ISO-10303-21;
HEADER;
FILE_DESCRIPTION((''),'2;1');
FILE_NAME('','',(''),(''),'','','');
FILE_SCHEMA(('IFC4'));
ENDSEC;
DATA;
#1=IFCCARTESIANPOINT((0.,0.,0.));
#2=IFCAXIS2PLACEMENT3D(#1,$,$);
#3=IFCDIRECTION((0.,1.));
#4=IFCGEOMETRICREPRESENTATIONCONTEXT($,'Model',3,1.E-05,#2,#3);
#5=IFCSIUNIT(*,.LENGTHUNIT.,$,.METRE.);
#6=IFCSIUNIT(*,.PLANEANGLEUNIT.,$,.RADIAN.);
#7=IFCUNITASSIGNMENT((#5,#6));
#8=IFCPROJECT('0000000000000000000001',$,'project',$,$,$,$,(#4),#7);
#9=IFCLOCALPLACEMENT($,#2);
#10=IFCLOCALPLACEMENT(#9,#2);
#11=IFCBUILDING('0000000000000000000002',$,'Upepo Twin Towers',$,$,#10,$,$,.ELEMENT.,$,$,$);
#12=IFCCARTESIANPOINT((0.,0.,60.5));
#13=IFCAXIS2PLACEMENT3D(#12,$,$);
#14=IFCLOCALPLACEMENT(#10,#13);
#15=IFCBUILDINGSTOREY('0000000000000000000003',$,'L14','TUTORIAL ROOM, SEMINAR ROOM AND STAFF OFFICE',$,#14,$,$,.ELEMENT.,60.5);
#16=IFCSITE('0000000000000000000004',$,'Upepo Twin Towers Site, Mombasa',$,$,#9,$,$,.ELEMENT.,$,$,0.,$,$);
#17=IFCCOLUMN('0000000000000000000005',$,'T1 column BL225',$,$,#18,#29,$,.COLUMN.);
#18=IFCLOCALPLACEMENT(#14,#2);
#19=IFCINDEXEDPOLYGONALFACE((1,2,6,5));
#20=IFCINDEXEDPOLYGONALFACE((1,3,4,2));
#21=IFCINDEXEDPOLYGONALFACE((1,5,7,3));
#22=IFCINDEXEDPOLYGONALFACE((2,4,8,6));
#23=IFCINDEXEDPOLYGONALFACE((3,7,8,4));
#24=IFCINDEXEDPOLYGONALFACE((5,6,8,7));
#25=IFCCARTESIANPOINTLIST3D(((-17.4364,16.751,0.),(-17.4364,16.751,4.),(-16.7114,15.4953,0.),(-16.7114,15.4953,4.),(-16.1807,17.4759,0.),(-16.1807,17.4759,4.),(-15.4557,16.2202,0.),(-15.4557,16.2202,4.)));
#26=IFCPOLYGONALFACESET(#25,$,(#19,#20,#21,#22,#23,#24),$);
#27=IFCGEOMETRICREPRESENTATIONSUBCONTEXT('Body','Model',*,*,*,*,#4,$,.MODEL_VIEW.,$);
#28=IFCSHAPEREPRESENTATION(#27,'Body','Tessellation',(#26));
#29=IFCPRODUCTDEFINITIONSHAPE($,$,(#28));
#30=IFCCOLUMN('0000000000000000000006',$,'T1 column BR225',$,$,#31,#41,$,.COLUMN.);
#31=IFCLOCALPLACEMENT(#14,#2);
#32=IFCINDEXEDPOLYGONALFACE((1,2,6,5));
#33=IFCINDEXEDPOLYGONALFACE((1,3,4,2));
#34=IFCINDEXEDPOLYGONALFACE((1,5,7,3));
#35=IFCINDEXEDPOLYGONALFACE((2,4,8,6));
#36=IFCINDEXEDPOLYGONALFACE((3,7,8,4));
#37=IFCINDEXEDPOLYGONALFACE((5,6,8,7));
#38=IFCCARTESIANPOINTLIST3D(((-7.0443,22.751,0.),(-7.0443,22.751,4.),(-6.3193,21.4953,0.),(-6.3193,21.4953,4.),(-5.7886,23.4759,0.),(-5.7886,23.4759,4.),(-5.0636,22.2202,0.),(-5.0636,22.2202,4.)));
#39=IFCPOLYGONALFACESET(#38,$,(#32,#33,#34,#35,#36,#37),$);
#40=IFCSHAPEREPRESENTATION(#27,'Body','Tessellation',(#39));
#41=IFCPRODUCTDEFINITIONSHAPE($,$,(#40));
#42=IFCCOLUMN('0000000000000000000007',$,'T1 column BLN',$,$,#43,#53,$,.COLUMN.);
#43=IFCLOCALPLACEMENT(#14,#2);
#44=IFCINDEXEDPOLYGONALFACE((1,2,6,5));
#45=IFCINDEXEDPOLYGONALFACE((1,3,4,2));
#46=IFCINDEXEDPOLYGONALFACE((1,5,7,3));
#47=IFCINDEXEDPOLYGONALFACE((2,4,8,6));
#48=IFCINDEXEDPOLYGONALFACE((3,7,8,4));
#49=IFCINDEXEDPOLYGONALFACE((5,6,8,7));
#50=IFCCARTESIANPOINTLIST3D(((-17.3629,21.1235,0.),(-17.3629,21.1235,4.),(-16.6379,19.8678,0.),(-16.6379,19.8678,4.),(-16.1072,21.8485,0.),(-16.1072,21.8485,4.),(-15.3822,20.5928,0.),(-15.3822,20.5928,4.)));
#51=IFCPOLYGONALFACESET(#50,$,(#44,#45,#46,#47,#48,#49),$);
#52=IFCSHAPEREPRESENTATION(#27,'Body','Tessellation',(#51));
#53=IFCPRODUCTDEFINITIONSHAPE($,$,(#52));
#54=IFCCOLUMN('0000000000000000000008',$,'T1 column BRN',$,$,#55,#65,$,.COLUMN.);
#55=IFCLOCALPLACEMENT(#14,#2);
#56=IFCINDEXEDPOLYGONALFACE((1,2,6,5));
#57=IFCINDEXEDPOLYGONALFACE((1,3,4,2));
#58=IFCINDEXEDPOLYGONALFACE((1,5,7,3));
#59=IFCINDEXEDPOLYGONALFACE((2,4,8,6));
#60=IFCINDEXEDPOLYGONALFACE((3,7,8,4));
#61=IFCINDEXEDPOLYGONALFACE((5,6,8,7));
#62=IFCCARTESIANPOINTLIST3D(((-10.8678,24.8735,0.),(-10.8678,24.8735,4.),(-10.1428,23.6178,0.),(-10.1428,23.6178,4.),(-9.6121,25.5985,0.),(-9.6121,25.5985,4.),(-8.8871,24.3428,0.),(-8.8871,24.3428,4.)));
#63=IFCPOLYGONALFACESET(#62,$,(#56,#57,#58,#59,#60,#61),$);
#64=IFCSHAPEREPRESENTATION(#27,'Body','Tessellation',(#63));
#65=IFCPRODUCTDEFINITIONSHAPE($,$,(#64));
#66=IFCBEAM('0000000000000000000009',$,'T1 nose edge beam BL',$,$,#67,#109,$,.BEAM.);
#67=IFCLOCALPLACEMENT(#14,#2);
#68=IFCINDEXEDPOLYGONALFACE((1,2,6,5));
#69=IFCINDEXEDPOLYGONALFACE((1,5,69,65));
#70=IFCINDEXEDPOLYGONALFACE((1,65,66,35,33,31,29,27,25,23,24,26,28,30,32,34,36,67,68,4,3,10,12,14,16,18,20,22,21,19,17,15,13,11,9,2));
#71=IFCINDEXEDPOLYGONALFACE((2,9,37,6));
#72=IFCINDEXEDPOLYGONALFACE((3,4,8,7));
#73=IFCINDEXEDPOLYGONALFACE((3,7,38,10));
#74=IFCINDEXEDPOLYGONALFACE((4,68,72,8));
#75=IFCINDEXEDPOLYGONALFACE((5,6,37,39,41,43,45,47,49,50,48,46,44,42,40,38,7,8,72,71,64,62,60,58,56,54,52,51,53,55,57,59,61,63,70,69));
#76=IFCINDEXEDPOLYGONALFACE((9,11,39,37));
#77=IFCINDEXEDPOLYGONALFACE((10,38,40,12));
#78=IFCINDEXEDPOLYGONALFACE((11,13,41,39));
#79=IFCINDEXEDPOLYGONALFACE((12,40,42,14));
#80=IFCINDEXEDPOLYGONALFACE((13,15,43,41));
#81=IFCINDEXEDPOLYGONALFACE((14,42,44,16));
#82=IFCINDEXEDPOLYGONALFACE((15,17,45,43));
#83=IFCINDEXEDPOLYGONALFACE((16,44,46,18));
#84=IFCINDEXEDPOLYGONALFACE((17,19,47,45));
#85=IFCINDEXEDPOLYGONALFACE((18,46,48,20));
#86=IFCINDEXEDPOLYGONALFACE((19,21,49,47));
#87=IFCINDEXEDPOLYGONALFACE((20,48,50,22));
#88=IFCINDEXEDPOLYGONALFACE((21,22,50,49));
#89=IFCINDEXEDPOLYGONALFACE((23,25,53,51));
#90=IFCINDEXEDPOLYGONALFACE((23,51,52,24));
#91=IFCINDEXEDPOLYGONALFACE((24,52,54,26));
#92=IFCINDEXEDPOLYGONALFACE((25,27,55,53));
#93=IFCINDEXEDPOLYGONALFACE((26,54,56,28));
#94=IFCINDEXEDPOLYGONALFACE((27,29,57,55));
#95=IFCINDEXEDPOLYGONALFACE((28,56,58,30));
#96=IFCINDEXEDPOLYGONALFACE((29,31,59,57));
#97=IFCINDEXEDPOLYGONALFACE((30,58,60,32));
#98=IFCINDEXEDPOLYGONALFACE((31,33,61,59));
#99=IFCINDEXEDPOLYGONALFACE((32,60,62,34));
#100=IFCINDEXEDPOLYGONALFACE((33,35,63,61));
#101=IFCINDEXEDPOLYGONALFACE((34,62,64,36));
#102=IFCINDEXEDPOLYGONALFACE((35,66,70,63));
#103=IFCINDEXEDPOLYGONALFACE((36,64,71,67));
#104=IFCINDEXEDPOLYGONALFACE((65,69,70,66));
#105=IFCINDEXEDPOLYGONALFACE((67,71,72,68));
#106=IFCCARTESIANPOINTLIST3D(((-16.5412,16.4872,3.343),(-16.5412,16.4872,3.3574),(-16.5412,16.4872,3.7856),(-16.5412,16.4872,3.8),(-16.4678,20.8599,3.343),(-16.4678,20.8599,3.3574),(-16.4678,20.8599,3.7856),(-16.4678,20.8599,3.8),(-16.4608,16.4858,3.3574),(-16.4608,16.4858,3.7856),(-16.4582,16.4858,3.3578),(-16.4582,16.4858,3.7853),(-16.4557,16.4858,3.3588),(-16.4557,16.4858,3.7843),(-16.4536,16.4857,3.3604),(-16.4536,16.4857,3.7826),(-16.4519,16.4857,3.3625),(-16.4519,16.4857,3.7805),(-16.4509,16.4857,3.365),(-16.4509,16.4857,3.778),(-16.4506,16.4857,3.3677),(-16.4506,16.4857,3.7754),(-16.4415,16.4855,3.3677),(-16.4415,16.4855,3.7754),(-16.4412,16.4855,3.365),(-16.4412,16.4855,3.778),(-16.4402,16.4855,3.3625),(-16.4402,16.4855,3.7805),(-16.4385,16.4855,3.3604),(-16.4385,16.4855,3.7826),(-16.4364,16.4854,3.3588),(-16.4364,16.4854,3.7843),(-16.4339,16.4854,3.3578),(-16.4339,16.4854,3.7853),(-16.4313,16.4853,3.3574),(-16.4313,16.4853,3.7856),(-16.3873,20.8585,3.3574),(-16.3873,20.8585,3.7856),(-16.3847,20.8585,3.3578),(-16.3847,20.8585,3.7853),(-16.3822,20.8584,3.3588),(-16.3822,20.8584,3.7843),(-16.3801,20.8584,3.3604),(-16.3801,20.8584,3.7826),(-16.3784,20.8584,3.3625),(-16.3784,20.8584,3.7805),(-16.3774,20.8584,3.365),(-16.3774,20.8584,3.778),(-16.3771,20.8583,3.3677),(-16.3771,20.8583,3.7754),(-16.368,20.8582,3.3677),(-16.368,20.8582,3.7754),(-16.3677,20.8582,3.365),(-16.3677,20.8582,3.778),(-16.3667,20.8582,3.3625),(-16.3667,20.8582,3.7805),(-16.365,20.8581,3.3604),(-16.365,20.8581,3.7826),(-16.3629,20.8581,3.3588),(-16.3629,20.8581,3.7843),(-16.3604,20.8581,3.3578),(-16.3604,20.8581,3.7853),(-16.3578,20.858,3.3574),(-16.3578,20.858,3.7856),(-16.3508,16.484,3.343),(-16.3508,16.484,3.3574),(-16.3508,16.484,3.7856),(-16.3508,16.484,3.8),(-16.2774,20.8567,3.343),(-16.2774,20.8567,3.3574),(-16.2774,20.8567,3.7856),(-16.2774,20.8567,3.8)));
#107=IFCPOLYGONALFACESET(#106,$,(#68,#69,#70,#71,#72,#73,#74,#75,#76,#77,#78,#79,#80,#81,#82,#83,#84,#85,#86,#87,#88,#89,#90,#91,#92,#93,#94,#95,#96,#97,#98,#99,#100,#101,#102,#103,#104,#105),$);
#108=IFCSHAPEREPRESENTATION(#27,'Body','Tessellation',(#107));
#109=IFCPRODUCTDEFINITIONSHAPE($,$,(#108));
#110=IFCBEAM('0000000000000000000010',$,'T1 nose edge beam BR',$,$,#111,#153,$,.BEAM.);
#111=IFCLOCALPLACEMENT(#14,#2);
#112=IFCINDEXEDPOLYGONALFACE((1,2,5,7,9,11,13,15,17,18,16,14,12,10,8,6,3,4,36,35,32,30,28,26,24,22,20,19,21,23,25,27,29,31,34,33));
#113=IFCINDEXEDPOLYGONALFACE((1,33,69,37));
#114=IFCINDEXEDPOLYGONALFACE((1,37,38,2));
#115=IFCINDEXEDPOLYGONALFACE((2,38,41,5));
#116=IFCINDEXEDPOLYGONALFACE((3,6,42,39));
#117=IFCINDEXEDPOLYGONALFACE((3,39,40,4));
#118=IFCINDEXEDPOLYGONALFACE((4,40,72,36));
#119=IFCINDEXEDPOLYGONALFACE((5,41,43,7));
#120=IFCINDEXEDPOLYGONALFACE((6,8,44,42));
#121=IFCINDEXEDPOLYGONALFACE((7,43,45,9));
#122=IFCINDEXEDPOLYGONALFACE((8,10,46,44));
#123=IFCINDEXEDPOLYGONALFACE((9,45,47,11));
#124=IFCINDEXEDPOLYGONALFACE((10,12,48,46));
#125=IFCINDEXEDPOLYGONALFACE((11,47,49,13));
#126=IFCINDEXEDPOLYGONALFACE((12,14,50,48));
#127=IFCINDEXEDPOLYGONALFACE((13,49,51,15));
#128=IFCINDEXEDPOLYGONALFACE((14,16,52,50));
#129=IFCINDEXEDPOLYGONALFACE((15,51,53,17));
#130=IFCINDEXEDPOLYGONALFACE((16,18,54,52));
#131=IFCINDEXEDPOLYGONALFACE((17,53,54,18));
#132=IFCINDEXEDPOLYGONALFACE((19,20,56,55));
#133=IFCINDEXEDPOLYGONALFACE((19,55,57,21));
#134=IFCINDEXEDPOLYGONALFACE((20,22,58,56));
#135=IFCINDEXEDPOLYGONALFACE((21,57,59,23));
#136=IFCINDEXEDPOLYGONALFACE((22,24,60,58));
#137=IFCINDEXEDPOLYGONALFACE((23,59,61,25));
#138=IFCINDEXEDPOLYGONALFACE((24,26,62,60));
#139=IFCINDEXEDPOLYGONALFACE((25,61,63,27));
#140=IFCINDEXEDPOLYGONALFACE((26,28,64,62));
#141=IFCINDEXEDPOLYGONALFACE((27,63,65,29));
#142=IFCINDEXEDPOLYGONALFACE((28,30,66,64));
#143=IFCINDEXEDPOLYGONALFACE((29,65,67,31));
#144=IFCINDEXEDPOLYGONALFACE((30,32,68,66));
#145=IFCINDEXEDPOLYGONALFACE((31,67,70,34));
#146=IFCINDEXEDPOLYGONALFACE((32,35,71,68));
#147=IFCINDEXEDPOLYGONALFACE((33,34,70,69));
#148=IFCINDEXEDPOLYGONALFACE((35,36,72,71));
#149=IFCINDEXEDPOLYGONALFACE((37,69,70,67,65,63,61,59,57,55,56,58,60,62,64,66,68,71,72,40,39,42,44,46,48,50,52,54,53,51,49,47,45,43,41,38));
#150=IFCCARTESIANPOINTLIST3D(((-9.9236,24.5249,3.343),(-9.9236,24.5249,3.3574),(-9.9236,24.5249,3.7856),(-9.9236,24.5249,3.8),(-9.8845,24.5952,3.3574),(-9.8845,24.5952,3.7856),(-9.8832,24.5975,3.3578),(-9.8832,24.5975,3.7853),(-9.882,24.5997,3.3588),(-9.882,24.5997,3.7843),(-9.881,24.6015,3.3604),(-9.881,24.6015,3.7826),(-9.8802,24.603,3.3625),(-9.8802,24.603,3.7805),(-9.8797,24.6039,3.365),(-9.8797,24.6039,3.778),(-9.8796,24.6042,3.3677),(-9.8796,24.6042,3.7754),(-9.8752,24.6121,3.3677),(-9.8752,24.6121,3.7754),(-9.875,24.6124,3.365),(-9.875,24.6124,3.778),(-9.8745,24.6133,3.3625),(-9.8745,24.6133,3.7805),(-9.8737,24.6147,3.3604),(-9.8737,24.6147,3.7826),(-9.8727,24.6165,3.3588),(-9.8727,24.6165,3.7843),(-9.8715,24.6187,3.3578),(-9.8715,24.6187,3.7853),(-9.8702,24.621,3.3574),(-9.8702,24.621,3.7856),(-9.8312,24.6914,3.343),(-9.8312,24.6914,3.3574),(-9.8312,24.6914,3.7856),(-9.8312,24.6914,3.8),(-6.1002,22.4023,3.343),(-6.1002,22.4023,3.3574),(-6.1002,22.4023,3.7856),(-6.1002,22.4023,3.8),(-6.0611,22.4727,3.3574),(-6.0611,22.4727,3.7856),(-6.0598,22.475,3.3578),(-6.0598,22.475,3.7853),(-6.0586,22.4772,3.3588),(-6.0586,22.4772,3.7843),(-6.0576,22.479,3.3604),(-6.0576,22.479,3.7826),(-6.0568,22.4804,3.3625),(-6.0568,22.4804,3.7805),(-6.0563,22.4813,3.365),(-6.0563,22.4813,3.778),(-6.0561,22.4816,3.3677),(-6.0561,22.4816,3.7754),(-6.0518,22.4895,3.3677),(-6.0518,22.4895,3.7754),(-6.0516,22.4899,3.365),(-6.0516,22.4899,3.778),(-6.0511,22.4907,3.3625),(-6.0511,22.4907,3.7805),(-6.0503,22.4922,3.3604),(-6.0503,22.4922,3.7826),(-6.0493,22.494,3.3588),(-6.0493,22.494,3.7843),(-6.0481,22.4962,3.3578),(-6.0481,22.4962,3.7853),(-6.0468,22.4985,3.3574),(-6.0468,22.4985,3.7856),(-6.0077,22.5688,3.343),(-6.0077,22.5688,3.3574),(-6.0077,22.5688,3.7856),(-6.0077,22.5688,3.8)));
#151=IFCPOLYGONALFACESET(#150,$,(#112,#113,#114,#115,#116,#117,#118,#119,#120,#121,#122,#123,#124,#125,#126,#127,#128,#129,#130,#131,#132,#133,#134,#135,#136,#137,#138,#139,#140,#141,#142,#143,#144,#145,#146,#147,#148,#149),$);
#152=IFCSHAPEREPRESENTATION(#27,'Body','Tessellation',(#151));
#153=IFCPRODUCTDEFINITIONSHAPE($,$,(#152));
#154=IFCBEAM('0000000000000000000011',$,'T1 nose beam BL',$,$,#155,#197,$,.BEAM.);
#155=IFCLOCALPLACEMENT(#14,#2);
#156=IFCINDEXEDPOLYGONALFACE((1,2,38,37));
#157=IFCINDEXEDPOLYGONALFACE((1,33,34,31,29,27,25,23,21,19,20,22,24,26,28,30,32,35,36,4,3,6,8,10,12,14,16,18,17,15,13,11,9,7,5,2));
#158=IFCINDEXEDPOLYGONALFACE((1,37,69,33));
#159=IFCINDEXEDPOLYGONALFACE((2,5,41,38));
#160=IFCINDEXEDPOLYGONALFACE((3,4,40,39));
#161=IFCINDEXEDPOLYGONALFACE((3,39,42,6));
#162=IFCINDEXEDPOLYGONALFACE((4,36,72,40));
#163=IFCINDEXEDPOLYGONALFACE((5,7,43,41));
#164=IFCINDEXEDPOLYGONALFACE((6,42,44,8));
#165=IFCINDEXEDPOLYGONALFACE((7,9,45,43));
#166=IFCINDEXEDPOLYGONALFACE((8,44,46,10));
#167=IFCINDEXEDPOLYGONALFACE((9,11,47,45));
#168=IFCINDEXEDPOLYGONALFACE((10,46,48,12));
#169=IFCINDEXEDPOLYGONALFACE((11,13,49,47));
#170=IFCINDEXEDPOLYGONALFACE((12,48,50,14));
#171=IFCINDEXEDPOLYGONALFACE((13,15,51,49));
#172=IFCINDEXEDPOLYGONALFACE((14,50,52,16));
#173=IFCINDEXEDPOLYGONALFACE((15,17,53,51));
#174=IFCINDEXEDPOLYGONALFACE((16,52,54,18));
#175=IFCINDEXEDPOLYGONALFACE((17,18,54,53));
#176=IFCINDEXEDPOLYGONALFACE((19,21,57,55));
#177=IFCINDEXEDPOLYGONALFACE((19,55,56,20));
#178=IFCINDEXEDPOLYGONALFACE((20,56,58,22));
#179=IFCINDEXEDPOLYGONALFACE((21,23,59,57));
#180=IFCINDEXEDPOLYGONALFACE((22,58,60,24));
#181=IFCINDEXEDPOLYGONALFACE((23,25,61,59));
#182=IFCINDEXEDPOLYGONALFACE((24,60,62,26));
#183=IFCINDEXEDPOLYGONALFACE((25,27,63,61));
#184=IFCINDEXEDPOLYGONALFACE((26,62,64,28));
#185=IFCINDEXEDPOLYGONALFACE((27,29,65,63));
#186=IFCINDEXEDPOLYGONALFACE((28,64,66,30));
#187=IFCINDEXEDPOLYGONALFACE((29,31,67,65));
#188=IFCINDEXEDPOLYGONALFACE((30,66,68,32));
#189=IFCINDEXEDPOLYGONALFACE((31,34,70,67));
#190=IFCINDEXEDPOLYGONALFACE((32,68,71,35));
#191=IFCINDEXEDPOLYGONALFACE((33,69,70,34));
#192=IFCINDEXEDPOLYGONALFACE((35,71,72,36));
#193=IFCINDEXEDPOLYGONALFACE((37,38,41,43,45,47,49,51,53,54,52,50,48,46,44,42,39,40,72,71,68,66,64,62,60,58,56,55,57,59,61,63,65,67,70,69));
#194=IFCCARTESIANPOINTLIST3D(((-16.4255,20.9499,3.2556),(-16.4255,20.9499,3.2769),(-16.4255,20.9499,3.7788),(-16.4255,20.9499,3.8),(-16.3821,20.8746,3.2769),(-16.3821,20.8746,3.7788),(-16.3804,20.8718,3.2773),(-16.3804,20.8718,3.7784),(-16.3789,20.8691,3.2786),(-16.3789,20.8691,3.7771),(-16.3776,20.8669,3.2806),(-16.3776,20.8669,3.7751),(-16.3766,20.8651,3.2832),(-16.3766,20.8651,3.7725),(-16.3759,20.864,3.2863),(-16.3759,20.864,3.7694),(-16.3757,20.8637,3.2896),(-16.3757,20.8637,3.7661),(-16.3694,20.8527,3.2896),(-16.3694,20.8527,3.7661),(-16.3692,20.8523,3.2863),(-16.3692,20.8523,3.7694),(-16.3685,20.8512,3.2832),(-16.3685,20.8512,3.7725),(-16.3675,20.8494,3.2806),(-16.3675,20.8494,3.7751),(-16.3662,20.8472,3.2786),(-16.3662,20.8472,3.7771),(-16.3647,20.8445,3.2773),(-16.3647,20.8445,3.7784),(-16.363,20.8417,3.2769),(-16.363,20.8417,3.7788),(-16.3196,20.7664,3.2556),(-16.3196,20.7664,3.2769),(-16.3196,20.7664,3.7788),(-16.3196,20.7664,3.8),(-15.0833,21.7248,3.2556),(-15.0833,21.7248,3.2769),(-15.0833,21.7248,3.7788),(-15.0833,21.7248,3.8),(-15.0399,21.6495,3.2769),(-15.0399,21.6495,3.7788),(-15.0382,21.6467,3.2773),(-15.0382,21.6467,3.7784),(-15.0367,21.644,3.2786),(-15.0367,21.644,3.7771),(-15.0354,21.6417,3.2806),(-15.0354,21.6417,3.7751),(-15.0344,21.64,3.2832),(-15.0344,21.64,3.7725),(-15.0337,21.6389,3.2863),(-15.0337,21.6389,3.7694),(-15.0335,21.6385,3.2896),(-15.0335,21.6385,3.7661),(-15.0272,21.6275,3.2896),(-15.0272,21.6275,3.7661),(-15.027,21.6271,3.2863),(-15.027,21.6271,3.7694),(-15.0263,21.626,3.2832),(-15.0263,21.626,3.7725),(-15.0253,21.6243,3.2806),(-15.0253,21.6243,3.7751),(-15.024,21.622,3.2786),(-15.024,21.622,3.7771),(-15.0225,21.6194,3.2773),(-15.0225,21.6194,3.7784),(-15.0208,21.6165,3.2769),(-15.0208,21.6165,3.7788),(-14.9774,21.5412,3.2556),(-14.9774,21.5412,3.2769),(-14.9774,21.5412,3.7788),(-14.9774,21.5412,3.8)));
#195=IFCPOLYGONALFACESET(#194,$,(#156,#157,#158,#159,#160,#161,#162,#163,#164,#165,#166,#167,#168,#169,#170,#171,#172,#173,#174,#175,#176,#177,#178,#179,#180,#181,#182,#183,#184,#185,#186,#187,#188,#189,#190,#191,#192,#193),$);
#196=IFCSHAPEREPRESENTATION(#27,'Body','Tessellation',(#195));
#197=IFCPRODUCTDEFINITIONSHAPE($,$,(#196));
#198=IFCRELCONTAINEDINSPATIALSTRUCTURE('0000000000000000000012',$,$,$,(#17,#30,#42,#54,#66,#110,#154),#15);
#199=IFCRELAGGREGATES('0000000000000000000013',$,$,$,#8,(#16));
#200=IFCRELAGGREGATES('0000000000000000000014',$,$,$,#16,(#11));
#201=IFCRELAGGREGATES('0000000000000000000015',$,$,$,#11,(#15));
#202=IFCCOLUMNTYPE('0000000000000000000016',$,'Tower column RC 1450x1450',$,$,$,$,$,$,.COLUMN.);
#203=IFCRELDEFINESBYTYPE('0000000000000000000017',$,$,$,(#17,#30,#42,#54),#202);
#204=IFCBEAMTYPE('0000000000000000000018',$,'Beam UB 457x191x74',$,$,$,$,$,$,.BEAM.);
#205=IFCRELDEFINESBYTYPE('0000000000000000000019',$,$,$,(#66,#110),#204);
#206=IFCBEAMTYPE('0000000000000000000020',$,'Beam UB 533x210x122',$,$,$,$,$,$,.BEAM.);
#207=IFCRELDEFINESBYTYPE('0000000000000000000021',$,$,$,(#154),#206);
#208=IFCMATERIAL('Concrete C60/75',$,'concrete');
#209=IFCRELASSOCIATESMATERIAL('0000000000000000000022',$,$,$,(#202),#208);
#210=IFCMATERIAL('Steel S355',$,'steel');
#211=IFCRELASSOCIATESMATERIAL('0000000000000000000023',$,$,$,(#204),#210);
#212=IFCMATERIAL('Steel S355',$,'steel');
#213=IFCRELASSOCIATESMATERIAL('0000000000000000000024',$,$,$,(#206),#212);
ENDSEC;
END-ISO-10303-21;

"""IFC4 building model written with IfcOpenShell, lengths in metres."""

from ifc_helpers import new_model, si_unit, direction, frame, origin, origin_2d, place, context, subcontext, project, spatial, rectangle, i_section, extrude, material, material_profile, profile_set, type_object, element, save


model = new_model("IFC4")

# Units and contexts
model_context = context("Model", 3, precision=1e-05, world=origin(), true_north=direction((0.0, 1.0)))
body_context = subcontext(model_context, "Body", "Model", "MODEL_VIEW")
ifc_project = project(units=[si_unit("LENGTHUNIT", "METRE"), si_unit("PLANEANGLEUNIT", "RADIAN")], contexts=[model_context])

# Site, building, storey
site_placement = place(None, origin())
site = spatial("IfcSite", under=ifc_project, at=site_placement, Name="Upepo Twin Towers Site, Mombasa", CompositionType="ELEMENT", RefElevation=0.0)
building_placement = place(site_placement, origin())
building = spatial("IfcBuilding", under=site, at=building_placement, Name="Upepo Twin Towers", CompositionType="ELEMENT")
storey_placement = place(building_placement, frame((0.0, 0.0, 60.5)))
storey = spatial("IfcBuildingStorey", under=building, at=storey_placement, Name="L14", Description="TUTORIAL ROOM, SEMINAR ROOM AND STAFF OFFICE", CompositionType="ELEMENT", Elevation=60.5)

# Columns
ifc_material_1 = material(Name="Concrete C60/75", Category="concrete")
ifc_material_profile_1 = material_profile(ifc_material_1, rectangle(XDim=1.45, YDim=1.45, at=origin_2d()), Name="RC 1450x1450")
ifc_profile_set_1 = profile_set([ifc_material_profile_1], Name="Concrete C60/75")
column_type = type_object("IfcColumnType", Name="Tower column RC 1450x1450", PredefinedType="COLUMN", material=ifc_profile_set_1)
for number, where, z_axis, x_axis, name in (
    (1, (-16.446, 16.4856, 0.0), (0.0, 0.0, 1.0), (0.866025, 0.5, 0.0), "T1 column BL225"),
    (2, (-6.054, 22.4856, 0.0), (0.0, 0.0, 1.0), (0.866025, 0.5, 0.0), "T1 column BR225"),
    (3, (-16.3726, 20.8582, 0.0), (0.0, 0.0, 1.0), (0.866025, 0.5, 0.0), "T1 column BLN"),
    (4, (-9.8774, 24.6082, 0.0), (0.0, 0.0, 1.0), (0.866025, 0.5, 0.0), "T1 column BRN"),
):
    element("IfcColumn", number, at=place(storey_placement, frame(where, z_axis=z_axis, x_axis=x_axis)), inside=storey, type_object=column_type, Name=name, PredefinedType="COLUMN", context=body_context, shape_type="SweptSolid", body=[
        extrude(rectangle(XDim=1.45, YDim=1.45, at=origin_2d()), origin(), (0.0, 0.0, 1.0), 4.0),
    ])

# Beams
ifc_material_2 = material(Name="Steel S355", Category="steel")
ifc_material_profile_2 = material_profile(ifc_material_2, i_section(OverallWidth=0.1904, OverallDepth=0.457, WebThickness=0.009, FlangeThickness=0.0144, FilletRadius=0.0103, at=origin_2d()), Name="UB 457x191x74")
ifc_profile_set_2 = profile_set([ifc_material_profile_2], Name="Steel S355")
beam_type_1 = type_object("IfcBeamType", Name="Beam UB 457x191x74", PredefinedType="BEAM", material=ifc_profile_set_2)
beam_1_placement = place(storey_placement, frame((-16.446, 16.4856, 3.5715), z_axis=(0.016804, 0.999859, 0.0), x_axis=(-0.999859, 0.016804, 0.0)))
element("IfcBeam", 5, at=beam_1_placement, inside=storey, type_object=beam_type_1, Name="T1 nose edge beam BL", PredefinedType="BEAM", context=body_context, shape_type="SweptSolid", body=[
    extrude(i_section(OverallWidth=0.1904, OverallDepth=0.457, WebThickness=0.009, FlangeThickness=0.0144, FilletRadius=0.0103, at=origin_2d()), origin(), (0.0, 0.0, 1.0), 4.3733),
])
beam_2_placement = place(storey_placement, frame((-6.054, 22.4856, 3.5715), z_axis=(-0.874313, 0.485363, 0.0), x_axis=(-0.485363, -0.874313, 0.0)))
element("IfcBeam", 6, at=beam_2_placement, inside=storey, type_object=beam_type_1, Name="T1 nose edge beam BR", PredefinedType="BEAM", context=body_context, shape_type="SweptSolid", body=[
    extrude(i_section(OverallWidth=0.1904, OverallDepth=0.457, WebThickness=0.009, FlangeThickness=0.0144, FilletRadius=0.0103, at=origin_2d()), origin(), (0.0, 0.0, 1.0), 4.373),
])
ifc_material_3 = material(Name="Steel S355", Category="steel")
ifc_material_profile_3 = material_profile(ifc_material_3, i_section(OverallWidth=0.2119, OverallDepth=0.5444, WebThickness=0.0127, FlangeThickness=0.0212, FilletRadius=0.0127, at=origin_2d()), Name="UB 533x210x122")
ifc_profile_set_3 = profile_set([ifc_material_profile_3], Name="Steel S355")
beam_type_2 = type_object("IfcBeamType", Name="Beam UB 533x210x122", PredefinedType="BEAM", material=ifc_profile_set_3)
for number, where, z_axis, x_axis, name in (
    (7, (-16.3726, 20.8582, 3.5278), (0.866044, 0.499968, 0.0), (-0.499968, 0.866044, 0.0), "T1 nose beam BL"),
):
    element("IfcBeam", number, at=place(storey_placement, frame(where, z_axis=z_axis, x_axis=x_axis)), inside=storey, type_object=beam_type_2, Name=name, PredefinedType="BEAM", context=body_context, shape_type="SweptSolid", body=[
        extrude(i_section(OverallWidth=0.2119, OverallDepth=0.5444, WebThickness=0.0127, FlangeThickness=0.0212, FilletRadius=0.0127, at=origin_2d()), origin(), (0.0, 0.0, 1.0), 1.5498),
    ])

save(model, "model.ifc")
